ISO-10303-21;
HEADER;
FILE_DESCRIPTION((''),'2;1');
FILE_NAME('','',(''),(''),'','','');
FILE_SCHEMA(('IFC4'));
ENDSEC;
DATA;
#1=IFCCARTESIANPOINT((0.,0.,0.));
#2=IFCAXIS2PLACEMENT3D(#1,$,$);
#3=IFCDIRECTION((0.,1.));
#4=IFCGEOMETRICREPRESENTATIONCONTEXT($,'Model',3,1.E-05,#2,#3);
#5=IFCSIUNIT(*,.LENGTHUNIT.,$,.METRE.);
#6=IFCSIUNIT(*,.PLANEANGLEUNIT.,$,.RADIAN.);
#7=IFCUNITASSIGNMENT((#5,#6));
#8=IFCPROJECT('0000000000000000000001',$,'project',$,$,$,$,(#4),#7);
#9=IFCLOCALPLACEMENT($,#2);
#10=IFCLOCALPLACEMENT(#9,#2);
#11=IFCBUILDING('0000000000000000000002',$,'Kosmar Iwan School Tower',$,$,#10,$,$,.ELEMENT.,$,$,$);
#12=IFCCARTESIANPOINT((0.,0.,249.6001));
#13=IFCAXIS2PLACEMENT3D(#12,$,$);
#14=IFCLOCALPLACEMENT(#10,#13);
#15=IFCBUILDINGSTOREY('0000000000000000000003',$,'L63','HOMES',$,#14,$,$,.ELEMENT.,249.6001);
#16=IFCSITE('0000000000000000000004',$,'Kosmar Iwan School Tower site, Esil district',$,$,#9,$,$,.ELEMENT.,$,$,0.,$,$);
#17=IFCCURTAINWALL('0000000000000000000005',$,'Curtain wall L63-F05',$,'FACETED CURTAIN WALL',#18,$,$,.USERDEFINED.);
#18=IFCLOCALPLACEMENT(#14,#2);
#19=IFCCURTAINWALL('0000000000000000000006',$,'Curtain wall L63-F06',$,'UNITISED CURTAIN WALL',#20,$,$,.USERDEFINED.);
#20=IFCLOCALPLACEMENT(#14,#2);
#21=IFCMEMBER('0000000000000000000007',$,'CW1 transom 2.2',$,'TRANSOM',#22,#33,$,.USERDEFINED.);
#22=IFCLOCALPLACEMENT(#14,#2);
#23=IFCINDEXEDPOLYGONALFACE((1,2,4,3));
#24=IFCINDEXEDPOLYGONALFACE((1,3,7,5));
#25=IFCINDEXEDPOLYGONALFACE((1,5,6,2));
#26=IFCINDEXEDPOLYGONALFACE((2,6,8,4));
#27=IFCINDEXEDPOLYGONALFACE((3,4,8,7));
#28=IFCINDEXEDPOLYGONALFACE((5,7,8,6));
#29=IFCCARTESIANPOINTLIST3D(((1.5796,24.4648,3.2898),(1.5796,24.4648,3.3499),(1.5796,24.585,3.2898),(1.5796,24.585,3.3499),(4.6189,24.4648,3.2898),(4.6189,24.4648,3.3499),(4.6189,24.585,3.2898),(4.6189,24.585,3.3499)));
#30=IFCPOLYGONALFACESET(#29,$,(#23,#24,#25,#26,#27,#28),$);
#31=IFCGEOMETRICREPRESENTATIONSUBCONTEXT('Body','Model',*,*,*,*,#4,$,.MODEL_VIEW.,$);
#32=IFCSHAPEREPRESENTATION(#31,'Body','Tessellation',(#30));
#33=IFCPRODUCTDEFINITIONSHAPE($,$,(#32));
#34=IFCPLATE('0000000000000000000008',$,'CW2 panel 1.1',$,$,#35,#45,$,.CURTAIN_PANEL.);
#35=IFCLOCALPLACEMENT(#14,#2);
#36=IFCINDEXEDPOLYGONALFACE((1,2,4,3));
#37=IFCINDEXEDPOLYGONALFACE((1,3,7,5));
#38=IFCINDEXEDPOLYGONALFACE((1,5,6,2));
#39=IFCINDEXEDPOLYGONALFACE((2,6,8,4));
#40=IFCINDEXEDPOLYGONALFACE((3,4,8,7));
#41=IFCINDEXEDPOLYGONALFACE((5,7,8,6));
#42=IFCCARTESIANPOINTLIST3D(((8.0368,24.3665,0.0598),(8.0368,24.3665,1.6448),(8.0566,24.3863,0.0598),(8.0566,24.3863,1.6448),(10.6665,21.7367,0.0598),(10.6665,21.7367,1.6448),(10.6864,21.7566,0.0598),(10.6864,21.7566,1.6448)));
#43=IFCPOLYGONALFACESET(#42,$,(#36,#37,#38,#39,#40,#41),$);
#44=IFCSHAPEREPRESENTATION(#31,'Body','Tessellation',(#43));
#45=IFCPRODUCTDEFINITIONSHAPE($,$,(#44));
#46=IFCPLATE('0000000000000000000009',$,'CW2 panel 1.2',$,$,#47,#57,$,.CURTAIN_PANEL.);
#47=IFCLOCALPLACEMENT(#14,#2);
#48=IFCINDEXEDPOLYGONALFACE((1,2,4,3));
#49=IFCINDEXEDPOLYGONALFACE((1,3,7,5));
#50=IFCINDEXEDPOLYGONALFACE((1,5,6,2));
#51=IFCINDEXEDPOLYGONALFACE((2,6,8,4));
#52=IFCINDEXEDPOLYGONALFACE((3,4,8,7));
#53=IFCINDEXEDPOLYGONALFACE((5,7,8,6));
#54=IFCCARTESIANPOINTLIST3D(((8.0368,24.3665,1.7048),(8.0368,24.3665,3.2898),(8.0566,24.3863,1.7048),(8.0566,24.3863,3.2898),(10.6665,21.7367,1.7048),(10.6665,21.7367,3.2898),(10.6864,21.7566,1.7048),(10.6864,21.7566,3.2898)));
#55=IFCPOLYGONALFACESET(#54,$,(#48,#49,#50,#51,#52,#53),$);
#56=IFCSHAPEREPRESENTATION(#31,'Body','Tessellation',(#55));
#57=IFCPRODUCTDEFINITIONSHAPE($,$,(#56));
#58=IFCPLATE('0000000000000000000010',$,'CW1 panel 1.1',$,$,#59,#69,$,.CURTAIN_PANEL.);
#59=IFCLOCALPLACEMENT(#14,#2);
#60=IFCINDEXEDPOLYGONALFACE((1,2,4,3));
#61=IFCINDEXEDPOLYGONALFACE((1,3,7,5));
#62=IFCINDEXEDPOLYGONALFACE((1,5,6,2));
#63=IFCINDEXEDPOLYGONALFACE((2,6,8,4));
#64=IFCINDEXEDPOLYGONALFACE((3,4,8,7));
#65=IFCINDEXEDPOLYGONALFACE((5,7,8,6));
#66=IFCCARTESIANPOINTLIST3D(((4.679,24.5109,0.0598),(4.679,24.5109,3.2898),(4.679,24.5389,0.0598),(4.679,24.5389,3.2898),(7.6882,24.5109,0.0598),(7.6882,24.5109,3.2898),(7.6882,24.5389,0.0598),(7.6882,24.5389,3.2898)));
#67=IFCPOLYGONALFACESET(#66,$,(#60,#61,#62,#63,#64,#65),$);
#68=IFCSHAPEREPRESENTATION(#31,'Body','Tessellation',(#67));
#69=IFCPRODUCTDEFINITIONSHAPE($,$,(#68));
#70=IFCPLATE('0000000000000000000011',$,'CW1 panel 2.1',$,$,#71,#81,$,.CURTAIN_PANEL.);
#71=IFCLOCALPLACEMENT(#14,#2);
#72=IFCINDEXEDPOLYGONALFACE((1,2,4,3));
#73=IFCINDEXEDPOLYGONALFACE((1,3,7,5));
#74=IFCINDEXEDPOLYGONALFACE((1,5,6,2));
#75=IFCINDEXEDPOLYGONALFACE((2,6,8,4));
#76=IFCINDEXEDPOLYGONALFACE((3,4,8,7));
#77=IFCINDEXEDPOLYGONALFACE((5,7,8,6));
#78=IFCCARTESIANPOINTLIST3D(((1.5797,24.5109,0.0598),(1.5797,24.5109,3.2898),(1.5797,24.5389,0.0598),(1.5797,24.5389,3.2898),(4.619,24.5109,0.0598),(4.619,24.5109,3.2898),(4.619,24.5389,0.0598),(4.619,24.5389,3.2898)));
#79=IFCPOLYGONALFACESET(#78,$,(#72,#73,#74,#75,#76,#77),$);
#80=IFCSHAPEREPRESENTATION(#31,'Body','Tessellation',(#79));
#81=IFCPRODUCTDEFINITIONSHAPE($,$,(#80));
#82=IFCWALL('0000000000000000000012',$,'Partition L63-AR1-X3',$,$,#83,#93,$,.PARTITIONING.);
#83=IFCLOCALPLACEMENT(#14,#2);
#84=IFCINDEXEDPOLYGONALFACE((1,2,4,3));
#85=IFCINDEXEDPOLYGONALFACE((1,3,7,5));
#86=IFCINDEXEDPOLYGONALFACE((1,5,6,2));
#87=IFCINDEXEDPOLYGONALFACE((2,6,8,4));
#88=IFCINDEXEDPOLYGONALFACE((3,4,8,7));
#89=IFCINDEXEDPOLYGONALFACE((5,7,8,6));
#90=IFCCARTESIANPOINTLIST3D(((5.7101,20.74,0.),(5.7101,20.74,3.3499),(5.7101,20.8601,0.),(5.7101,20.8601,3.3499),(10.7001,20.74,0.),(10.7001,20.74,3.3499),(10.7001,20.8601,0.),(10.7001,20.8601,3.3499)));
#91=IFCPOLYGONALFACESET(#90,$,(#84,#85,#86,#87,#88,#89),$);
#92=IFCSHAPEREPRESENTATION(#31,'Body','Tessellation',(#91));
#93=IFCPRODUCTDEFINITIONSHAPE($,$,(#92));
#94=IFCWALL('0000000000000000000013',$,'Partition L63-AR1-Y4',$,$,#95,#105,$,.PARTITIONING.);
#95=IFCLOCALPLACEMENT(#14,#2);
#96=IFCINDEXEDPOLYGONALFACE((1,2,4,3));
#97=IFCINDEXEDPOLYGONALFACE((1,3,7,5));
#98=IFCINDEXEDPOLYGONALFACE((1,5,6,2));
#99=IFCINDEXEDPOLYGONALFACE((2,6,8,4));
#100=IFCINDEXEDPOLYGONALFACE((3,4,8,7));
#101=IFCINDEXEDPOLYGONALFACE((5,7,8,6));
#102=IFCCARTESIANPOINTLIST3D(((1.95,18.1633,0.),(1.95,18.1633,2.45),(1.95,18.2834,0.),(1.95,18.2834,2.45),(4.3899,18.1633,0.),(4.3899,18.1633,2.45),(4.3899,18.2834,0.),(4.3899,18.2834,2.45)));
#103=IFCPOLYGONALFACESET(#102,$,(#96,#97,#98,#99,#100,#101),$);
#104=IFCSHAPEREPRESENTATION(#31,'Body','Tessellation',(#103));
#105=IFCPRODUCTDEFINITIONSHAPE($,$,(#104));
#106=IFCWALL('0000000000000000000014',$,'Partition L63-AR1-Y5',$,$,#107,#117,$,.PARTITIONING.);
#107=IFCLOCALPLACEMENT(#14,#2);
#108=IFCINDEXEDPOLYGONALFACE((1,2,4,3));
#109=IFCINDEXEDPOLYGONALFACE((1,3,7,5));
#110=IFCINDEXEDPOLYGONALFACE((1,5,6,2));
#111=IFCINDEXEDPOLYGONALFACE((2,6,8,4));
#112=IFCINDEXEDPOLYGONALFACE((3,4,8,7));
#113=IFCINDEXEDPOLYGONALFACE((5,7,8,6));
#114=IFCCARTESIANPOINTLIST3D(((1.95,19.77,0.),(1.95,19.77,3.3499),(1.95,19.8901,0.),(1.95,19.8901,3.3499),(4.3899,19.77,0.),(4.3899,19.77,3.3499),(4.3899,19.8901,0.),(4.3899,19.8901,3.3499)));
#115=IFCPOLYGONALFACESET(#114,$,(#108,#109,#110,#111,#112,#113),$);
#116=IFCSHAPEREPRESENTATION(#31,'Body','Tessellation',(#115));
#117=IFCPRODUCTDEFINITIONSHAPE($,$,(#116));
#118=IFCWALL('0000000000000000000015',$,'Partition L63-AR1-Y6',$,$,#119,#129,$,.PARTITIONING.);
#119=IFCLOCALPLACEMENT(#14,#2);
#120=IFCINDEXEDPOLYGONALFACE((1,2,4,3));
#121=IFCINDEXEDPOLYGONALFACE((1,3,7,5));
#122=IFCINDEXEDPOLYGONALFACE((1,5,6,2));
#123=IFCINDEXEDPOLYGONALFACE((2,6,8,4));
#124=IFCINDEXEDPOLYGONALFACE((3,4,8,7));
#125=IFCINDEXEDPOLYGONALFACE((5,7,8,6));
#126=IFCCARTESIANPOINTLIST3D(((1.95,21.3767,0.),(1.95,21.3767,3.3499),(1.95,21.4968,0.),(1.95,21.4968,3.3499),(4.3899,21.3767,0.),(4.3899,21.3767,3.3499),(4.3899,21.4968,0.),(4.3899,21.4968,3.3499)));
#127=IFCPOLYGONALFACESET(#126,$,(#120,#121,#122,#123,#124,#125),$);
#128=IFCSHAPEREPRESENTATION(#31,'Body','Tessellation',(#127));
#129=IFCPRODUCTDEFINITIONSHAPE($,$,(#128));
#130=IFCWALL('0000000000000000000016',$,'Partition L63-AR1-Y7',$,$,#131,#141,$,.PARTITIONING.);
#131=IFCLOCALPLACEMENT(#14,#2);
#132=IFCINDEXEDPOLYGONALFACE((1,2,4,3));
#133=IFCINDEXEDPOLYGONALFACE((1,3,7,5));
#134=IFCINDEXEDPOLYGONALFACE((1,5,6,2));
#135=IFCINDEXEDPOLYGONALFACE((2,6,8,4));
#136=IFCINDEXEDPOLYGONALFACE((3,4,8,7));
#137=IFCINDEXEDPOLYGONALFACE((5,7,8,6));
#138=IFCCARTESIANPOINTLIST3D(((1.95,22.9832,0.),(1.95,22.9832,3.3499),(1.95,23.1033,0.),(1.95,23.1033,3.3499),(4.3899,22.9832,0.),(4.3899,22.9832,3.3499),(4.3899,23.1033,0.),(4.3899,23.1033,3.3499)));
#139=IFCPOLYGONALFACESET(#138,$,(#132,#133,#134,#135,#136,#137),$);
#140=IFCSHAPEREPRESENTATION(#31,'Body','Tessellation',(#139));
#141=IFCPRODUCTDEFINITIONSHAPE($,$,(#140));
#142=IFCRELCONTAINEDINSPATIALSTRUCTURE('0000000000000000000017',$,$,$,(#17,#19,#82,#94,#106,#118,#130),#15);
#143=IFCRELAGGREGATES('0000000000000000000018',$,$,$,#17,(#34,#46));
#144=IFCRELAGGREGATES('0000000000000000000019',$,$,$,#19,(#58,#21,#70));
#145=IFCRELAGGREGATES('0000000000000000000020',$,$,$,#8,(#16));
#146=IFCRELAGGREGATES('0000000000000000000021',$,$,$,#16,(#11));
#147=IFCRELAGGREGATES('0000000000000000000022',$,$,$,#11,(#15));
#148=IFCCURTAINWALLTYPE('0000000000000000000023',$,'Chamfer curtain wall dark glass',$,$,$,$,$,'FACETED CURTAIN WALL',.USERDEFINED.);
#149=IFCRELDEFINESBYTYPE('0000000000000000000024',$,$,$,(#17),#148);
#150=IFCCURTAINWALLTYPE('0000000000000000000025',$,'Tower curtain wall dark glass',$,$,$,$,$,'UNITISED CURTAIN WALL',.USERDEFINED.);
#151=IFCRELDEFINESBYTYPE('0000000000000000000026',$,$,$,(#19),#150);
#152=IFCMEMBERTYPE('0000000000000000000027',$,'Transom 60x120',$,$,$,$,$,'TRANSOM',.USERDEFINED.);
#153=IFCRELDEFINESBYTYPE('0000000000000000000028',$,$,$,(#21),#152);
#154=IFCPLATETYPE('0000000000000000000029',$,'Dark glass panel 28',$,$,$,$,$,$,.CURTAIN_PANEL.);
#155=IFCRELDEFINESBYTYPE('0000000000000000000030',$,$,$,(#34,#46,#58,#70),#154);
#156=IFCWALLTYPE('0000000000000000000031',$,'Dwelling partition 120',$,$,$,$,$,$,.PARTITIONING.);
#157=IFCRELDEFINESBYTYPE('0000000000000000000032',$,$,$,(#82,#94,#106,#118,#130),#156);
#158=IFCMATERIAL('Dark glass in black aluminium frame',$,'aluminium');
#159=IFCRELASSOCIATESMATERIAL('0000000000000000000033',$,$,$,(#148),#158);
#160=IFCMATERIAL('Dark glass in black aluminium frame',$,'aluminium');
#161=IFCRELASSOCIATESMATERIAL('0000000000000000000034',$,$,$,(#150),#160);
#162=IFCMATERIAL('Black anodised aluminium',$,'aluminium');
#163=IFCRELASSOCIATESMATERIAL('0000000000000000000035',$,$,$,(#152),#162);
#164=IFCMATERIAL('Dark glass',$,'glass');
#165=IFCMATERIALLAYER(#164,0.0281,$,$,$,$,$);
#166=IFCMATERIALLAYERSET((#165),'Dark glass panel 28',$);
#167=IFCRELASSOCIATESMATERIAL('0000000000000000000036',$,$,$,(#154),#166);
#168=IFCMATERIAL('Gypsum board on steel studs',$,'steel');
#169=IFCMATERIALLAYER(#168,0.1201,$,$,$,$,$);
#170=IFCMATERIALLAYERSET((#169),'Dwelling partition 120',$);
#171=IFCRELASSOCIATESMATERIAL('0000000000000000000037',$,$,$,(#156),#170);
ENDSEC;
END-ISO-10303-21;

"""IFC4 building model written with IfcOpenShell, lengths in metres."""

from ifc_helpers import new_model, si_unit, direction, frame, frame_2d, origin, origin_2d, place, context, subcontext, project, spatial, rectangle, extrude, material, layer, layer_set, material_profile, profile_set, type_object, element, aggregate, save


model = new_model("IFC4")

# Units and contexts
model_context = context("Model", 3, precision=1e-05, world=origin(), true_north=direction((0.0, 1.0)))
body_context = subcontext(model_context, "Body", "Model", "MODEL_VIEW")
ifc_project = project(units=[si_unit("LENGTHUNIT", "METRE"), si_unit("PLANEANGLEUNIT", "RADIAN")], contexts=[model_context])

# Site, building, storey
site_placement = place(None, origin())
site = spatial("IfcSite", under=ifc_project, at=site_placement, Name="Kosmar Iwan School Tower site, Esil district", CompositionType="ELEMENT", RefElevation=0.0)
building_placement = place(site_placement, origin())
building = spatial("IfcBuilding", under=site, at=building_placement, Name="Kosmar Iwan School Tower", CompositionType="ELEMENT")
storey_placement = place(building_placement, frame((0.0, 0.0, 249.6001)))
storey = spatial("IfcBuildingStorey", under=building, at=storey_placement, Name="L63", Description="HOMES", CompositionType="ELEMENT", Elevation=249.6001)

# Curtain walls
ifc_material_1 = material(Name="Dark glass in black aluminium frame", Category="aluminium")
curtain_wall_type_1 = type_object("IfcCurtainWallType", Name="Chamfer curtain wall dark glass", ElementType="FACETED CURTAIN WALL", PredefinedType="USERDEFINED", material=ifc_material_1)
curtain_wall_1_placement = place(storey_placement, origin())
curtain_wall_1 = element("IfcCurtainWall", 1, at=curtain_wall_1_placement, inside=storey, type_object=curtain_wall_type_1, Name="Curtain wall L63-F05", ObjectType="FACETED CURTAIN WALL", PredefinedType="USERDEFINED")
ifc_material_2 = material(Name="Dark glass in black aluminium frame", Category="aluminium")
curtain_wall_type_2 = type_object("IfcCurtainWallType", Name="Tower curtain wall dark glass", ElementType="UNITISED CURTAIN WALL", PredefinedType="USERDEFINED", material=ifc_material_2)
curtain_wall_2_placement = place(storey_placement, origin())
curtain_wall_2 = element("IfcCurtainWall", 2, at=curtain_wall_2_placement, inside=storey, type_object=curtain_wall_type_2, Name="Curtain wall L63-F06", ObjectType="UNITISED CURTAIN WALL", PredefinedType="USERDEFINED")

# Member
ifc_material_3 = material(Name="Black anodised aluminium", Category="aluminium")
ifc_material_profile_1 = material_profile(ifc_material_3, rectangle(XDim=0.1201, YDim=0.0601, at=origin_2d()), Name="TRANSOM 60x120")
ifc_profile_set_1 = profile_set([ifc_material_profile_1], Name="Black anodised aluminium")
member_type_1 = type_object("IfcMemberType", Name="Transom 60x120", ElementType="TRANSOM", PredefinedType="USERDEFINED", material=ifc_profile_set_1)
member_1_placement = place(storey_placement, frame((4.6189, 24.5249, 3.3198), z_axis=(-1.0, 0.0, 0.0), x_axis=(0.0, -1.0, 0.0)))
member_1 = element("IfcMember", 3, at=member_1_placement, type_object=member_type_1, Name="CW1 transom 2.2", ObjectType="TRANSOM", PredefinedType="USERDEFINED", context=body_context, shape_type="SweptSolid", body=[
    extrude(rectangle(XDim=0.1201, YDim=0.0601, at=origin_2d()), origin(), (0.0, 0.0, 1.0), 3.0393),
])

# Plates
ifc_material_4 = material(Name="Dark glass", Category="glass")
ifc_layer_1 = layer(ifc_material_4, 0.0281)
ifc_layer_set_1 = layer_set([ifc_layer_1], Name="Dark glass panel 28")
plate_type = type_object("IfcPlateType", Name="Dark glass panel 28", PredefinedType="CURTAIN_PANEL", material=ifc_layer_set_1)
plate_1_placement = place(storey_placement, frame((9.3616, 23.0615, 0.0598), z_axis=(0.0, 0.0, 1.0), x_axis=(-0.707107, 0.707107, 0.0)))
plate_1 = element("IfcPlate", 4, at=plate_1_placement, type_object=plate_type, Name="CW2 panel 1.1", PredefinedType="CURTAIN_PANEL", context=body_context, shape_type="SweptSolid", body=[
    extrude(rectangle(XDim=3.719, YDim=0.0281, at=origin_2d()), origin(), (0.0, 0.0, 1.0), 1.585),
])
plate_2_placement = place(storey_placement, frame((9.3616, 23.0615, 1.7048), z_axis=(0.0, 0.0, 1.0), x_axis=(-0.707107, 0.707107, 0.0)))
plate_2 = element("IfcPlate", 5, at=plate_2_placement, type_object=plate_type, Name="CW2 panel 1.2", PredefinedType="CURTAIN_PANEL", context=body_context, shape_type="SweptSolid", body=[
    extrude(rectangle(XDim=3.719, YDim=0.0281, at=origin_2d()), origin(), (0.0, 0.0, 1.0), 1.585),
])
aggregate(curtain_wall_1, [plate_1, plate_2])
plate_3_placement = place(storey_placement, frame((6.1836, 24.5249, 0.0598), z_axis=(0.0, 0.0, 1.0), x_axis=(-1.0, 0.0, 0.0)))
plate_3 = element("IfcPlate", 6, at=plate_3_placement, type_object=plate_type, Name="CW1 panel 1.1", PredefinedType="CURTAIN_PANEL", context=body_context, shape_type="SweptSolid", body=[
    extrude(rectangle(XDim=3.0093, YDim=0.0281, at=origin_2d()), origin(), (0.0, 0.0, 1.0), 3.23),
])
plate_4_placement = place(storey_placement, frame((3.0994, 24.5249, 0.0598), z_axis=(0.0, 0.0, 1.0), x_axis=(-1.0, 0.0, 0.0)))
plate_4 = element("IfcPlate", 7, at=plate_4_placement, type_object=plate_type, Name="CW1 panel 2.1", PredefinedType="CURTAIN_PANEL", context=body_context, shape_type="SweptSolid", body=[
    extrude(rectangle(XDim=3.0393, YDim=0.0281, at=origin_2d()), origin(), (0.0, 0.0, 1.0), 3.23),
])
aggregate(curtain_wall_2, [plate_3, member_1, plate_4])

# Walls
ifc_material_5 = material(Name="Gypsum board on steel studs", Category="steel")
ifc_layer_2 = layer(ifc_material_5, 0.1201)
ifc_layer_set_2 = layer_set([ifc_layer_2], Name="Dwelling partition 120")
wall_type = type_object("IfcWallType", Name="Dwelling partition 120", PredefinedType="PARTITIONING", material=ifc_layer_set_2)
wall_1_placement = place(storey_placement, frame((5.71, 20.8, 0.0), z_axis=(0.0, 0.0, 1.0), x_axis=(1.0, 0.0, 0.0)))
element("IfcWall", 8, at=wall_1_placement, inside=storey, type_object=wall_type, Name="Partition L63-AR1-X3", PredefinedType="PARTITIONING", context=body_context, shape_type="SweptSolid", body=[
    extrude(rectangle(XDim=4.99, YDim=0.1201, at=frame_2d((2.4951, 0.0))), origin(), (0.0, 0.0, 1.0), 3.3499),
])
wall_2_placement = place(storey_placement, frame((1.95, 18.2234, 0.0), z_axis=(0.0, 0.0, 1.0), x_axis=(1.0, 0.0, 0.0)))
element("IfcWall", 9, at=wall_2_placement, inside=storey, type_object=wall_type, Name="Partition L63-AR1-Y4", PredefinedType="PARTITIONING", context=body_context, shape_type="SweptSolid", body=[
    extrude(rectangle(XDim=2.4399, YDim=0.1201, at=frame_2d((1.22, 0.0))), origin(), (0.0, 0.0, 1.0), 2.45),
])
for number, where, z_axis, x_axis, name in (
    (10, (1.95, 19.8301, 0.0), (0.0, 0.0, 1.0), (1.0, 0.0, 0.0), "Partition L63-AR1-Y5"),
    (11, (1.95, 21.4368, 0.0), (0.0, 0.0, 1.0), (1.0, 0.0, 0.0), "Partition L63-AR1-Y6"),
    (12, (1.95, 23.0432, 0.0), (0.0, 0.0, 1.0), (1.0, 0.0, 0.0), "Partition L63-AR1-Y7"),
):
    element("IfcWall", number, at=place(storey_placement, frame(where, z_axis=z_axis, x_axis=x_axis)), inside=storey, type_object=wall_type, Name=name, PredefinedType="PARTITIONING", context=body_context, shape_type="SweptSolid", body=[
        extrude(rectangle(XDim=2.4399, YDim=0.1201, at=frame_2d((1.22, 0.0))), origin(), (0.0, 0.0, 1.0), 3.3499),
    ])

save(model, "model.ifc")
